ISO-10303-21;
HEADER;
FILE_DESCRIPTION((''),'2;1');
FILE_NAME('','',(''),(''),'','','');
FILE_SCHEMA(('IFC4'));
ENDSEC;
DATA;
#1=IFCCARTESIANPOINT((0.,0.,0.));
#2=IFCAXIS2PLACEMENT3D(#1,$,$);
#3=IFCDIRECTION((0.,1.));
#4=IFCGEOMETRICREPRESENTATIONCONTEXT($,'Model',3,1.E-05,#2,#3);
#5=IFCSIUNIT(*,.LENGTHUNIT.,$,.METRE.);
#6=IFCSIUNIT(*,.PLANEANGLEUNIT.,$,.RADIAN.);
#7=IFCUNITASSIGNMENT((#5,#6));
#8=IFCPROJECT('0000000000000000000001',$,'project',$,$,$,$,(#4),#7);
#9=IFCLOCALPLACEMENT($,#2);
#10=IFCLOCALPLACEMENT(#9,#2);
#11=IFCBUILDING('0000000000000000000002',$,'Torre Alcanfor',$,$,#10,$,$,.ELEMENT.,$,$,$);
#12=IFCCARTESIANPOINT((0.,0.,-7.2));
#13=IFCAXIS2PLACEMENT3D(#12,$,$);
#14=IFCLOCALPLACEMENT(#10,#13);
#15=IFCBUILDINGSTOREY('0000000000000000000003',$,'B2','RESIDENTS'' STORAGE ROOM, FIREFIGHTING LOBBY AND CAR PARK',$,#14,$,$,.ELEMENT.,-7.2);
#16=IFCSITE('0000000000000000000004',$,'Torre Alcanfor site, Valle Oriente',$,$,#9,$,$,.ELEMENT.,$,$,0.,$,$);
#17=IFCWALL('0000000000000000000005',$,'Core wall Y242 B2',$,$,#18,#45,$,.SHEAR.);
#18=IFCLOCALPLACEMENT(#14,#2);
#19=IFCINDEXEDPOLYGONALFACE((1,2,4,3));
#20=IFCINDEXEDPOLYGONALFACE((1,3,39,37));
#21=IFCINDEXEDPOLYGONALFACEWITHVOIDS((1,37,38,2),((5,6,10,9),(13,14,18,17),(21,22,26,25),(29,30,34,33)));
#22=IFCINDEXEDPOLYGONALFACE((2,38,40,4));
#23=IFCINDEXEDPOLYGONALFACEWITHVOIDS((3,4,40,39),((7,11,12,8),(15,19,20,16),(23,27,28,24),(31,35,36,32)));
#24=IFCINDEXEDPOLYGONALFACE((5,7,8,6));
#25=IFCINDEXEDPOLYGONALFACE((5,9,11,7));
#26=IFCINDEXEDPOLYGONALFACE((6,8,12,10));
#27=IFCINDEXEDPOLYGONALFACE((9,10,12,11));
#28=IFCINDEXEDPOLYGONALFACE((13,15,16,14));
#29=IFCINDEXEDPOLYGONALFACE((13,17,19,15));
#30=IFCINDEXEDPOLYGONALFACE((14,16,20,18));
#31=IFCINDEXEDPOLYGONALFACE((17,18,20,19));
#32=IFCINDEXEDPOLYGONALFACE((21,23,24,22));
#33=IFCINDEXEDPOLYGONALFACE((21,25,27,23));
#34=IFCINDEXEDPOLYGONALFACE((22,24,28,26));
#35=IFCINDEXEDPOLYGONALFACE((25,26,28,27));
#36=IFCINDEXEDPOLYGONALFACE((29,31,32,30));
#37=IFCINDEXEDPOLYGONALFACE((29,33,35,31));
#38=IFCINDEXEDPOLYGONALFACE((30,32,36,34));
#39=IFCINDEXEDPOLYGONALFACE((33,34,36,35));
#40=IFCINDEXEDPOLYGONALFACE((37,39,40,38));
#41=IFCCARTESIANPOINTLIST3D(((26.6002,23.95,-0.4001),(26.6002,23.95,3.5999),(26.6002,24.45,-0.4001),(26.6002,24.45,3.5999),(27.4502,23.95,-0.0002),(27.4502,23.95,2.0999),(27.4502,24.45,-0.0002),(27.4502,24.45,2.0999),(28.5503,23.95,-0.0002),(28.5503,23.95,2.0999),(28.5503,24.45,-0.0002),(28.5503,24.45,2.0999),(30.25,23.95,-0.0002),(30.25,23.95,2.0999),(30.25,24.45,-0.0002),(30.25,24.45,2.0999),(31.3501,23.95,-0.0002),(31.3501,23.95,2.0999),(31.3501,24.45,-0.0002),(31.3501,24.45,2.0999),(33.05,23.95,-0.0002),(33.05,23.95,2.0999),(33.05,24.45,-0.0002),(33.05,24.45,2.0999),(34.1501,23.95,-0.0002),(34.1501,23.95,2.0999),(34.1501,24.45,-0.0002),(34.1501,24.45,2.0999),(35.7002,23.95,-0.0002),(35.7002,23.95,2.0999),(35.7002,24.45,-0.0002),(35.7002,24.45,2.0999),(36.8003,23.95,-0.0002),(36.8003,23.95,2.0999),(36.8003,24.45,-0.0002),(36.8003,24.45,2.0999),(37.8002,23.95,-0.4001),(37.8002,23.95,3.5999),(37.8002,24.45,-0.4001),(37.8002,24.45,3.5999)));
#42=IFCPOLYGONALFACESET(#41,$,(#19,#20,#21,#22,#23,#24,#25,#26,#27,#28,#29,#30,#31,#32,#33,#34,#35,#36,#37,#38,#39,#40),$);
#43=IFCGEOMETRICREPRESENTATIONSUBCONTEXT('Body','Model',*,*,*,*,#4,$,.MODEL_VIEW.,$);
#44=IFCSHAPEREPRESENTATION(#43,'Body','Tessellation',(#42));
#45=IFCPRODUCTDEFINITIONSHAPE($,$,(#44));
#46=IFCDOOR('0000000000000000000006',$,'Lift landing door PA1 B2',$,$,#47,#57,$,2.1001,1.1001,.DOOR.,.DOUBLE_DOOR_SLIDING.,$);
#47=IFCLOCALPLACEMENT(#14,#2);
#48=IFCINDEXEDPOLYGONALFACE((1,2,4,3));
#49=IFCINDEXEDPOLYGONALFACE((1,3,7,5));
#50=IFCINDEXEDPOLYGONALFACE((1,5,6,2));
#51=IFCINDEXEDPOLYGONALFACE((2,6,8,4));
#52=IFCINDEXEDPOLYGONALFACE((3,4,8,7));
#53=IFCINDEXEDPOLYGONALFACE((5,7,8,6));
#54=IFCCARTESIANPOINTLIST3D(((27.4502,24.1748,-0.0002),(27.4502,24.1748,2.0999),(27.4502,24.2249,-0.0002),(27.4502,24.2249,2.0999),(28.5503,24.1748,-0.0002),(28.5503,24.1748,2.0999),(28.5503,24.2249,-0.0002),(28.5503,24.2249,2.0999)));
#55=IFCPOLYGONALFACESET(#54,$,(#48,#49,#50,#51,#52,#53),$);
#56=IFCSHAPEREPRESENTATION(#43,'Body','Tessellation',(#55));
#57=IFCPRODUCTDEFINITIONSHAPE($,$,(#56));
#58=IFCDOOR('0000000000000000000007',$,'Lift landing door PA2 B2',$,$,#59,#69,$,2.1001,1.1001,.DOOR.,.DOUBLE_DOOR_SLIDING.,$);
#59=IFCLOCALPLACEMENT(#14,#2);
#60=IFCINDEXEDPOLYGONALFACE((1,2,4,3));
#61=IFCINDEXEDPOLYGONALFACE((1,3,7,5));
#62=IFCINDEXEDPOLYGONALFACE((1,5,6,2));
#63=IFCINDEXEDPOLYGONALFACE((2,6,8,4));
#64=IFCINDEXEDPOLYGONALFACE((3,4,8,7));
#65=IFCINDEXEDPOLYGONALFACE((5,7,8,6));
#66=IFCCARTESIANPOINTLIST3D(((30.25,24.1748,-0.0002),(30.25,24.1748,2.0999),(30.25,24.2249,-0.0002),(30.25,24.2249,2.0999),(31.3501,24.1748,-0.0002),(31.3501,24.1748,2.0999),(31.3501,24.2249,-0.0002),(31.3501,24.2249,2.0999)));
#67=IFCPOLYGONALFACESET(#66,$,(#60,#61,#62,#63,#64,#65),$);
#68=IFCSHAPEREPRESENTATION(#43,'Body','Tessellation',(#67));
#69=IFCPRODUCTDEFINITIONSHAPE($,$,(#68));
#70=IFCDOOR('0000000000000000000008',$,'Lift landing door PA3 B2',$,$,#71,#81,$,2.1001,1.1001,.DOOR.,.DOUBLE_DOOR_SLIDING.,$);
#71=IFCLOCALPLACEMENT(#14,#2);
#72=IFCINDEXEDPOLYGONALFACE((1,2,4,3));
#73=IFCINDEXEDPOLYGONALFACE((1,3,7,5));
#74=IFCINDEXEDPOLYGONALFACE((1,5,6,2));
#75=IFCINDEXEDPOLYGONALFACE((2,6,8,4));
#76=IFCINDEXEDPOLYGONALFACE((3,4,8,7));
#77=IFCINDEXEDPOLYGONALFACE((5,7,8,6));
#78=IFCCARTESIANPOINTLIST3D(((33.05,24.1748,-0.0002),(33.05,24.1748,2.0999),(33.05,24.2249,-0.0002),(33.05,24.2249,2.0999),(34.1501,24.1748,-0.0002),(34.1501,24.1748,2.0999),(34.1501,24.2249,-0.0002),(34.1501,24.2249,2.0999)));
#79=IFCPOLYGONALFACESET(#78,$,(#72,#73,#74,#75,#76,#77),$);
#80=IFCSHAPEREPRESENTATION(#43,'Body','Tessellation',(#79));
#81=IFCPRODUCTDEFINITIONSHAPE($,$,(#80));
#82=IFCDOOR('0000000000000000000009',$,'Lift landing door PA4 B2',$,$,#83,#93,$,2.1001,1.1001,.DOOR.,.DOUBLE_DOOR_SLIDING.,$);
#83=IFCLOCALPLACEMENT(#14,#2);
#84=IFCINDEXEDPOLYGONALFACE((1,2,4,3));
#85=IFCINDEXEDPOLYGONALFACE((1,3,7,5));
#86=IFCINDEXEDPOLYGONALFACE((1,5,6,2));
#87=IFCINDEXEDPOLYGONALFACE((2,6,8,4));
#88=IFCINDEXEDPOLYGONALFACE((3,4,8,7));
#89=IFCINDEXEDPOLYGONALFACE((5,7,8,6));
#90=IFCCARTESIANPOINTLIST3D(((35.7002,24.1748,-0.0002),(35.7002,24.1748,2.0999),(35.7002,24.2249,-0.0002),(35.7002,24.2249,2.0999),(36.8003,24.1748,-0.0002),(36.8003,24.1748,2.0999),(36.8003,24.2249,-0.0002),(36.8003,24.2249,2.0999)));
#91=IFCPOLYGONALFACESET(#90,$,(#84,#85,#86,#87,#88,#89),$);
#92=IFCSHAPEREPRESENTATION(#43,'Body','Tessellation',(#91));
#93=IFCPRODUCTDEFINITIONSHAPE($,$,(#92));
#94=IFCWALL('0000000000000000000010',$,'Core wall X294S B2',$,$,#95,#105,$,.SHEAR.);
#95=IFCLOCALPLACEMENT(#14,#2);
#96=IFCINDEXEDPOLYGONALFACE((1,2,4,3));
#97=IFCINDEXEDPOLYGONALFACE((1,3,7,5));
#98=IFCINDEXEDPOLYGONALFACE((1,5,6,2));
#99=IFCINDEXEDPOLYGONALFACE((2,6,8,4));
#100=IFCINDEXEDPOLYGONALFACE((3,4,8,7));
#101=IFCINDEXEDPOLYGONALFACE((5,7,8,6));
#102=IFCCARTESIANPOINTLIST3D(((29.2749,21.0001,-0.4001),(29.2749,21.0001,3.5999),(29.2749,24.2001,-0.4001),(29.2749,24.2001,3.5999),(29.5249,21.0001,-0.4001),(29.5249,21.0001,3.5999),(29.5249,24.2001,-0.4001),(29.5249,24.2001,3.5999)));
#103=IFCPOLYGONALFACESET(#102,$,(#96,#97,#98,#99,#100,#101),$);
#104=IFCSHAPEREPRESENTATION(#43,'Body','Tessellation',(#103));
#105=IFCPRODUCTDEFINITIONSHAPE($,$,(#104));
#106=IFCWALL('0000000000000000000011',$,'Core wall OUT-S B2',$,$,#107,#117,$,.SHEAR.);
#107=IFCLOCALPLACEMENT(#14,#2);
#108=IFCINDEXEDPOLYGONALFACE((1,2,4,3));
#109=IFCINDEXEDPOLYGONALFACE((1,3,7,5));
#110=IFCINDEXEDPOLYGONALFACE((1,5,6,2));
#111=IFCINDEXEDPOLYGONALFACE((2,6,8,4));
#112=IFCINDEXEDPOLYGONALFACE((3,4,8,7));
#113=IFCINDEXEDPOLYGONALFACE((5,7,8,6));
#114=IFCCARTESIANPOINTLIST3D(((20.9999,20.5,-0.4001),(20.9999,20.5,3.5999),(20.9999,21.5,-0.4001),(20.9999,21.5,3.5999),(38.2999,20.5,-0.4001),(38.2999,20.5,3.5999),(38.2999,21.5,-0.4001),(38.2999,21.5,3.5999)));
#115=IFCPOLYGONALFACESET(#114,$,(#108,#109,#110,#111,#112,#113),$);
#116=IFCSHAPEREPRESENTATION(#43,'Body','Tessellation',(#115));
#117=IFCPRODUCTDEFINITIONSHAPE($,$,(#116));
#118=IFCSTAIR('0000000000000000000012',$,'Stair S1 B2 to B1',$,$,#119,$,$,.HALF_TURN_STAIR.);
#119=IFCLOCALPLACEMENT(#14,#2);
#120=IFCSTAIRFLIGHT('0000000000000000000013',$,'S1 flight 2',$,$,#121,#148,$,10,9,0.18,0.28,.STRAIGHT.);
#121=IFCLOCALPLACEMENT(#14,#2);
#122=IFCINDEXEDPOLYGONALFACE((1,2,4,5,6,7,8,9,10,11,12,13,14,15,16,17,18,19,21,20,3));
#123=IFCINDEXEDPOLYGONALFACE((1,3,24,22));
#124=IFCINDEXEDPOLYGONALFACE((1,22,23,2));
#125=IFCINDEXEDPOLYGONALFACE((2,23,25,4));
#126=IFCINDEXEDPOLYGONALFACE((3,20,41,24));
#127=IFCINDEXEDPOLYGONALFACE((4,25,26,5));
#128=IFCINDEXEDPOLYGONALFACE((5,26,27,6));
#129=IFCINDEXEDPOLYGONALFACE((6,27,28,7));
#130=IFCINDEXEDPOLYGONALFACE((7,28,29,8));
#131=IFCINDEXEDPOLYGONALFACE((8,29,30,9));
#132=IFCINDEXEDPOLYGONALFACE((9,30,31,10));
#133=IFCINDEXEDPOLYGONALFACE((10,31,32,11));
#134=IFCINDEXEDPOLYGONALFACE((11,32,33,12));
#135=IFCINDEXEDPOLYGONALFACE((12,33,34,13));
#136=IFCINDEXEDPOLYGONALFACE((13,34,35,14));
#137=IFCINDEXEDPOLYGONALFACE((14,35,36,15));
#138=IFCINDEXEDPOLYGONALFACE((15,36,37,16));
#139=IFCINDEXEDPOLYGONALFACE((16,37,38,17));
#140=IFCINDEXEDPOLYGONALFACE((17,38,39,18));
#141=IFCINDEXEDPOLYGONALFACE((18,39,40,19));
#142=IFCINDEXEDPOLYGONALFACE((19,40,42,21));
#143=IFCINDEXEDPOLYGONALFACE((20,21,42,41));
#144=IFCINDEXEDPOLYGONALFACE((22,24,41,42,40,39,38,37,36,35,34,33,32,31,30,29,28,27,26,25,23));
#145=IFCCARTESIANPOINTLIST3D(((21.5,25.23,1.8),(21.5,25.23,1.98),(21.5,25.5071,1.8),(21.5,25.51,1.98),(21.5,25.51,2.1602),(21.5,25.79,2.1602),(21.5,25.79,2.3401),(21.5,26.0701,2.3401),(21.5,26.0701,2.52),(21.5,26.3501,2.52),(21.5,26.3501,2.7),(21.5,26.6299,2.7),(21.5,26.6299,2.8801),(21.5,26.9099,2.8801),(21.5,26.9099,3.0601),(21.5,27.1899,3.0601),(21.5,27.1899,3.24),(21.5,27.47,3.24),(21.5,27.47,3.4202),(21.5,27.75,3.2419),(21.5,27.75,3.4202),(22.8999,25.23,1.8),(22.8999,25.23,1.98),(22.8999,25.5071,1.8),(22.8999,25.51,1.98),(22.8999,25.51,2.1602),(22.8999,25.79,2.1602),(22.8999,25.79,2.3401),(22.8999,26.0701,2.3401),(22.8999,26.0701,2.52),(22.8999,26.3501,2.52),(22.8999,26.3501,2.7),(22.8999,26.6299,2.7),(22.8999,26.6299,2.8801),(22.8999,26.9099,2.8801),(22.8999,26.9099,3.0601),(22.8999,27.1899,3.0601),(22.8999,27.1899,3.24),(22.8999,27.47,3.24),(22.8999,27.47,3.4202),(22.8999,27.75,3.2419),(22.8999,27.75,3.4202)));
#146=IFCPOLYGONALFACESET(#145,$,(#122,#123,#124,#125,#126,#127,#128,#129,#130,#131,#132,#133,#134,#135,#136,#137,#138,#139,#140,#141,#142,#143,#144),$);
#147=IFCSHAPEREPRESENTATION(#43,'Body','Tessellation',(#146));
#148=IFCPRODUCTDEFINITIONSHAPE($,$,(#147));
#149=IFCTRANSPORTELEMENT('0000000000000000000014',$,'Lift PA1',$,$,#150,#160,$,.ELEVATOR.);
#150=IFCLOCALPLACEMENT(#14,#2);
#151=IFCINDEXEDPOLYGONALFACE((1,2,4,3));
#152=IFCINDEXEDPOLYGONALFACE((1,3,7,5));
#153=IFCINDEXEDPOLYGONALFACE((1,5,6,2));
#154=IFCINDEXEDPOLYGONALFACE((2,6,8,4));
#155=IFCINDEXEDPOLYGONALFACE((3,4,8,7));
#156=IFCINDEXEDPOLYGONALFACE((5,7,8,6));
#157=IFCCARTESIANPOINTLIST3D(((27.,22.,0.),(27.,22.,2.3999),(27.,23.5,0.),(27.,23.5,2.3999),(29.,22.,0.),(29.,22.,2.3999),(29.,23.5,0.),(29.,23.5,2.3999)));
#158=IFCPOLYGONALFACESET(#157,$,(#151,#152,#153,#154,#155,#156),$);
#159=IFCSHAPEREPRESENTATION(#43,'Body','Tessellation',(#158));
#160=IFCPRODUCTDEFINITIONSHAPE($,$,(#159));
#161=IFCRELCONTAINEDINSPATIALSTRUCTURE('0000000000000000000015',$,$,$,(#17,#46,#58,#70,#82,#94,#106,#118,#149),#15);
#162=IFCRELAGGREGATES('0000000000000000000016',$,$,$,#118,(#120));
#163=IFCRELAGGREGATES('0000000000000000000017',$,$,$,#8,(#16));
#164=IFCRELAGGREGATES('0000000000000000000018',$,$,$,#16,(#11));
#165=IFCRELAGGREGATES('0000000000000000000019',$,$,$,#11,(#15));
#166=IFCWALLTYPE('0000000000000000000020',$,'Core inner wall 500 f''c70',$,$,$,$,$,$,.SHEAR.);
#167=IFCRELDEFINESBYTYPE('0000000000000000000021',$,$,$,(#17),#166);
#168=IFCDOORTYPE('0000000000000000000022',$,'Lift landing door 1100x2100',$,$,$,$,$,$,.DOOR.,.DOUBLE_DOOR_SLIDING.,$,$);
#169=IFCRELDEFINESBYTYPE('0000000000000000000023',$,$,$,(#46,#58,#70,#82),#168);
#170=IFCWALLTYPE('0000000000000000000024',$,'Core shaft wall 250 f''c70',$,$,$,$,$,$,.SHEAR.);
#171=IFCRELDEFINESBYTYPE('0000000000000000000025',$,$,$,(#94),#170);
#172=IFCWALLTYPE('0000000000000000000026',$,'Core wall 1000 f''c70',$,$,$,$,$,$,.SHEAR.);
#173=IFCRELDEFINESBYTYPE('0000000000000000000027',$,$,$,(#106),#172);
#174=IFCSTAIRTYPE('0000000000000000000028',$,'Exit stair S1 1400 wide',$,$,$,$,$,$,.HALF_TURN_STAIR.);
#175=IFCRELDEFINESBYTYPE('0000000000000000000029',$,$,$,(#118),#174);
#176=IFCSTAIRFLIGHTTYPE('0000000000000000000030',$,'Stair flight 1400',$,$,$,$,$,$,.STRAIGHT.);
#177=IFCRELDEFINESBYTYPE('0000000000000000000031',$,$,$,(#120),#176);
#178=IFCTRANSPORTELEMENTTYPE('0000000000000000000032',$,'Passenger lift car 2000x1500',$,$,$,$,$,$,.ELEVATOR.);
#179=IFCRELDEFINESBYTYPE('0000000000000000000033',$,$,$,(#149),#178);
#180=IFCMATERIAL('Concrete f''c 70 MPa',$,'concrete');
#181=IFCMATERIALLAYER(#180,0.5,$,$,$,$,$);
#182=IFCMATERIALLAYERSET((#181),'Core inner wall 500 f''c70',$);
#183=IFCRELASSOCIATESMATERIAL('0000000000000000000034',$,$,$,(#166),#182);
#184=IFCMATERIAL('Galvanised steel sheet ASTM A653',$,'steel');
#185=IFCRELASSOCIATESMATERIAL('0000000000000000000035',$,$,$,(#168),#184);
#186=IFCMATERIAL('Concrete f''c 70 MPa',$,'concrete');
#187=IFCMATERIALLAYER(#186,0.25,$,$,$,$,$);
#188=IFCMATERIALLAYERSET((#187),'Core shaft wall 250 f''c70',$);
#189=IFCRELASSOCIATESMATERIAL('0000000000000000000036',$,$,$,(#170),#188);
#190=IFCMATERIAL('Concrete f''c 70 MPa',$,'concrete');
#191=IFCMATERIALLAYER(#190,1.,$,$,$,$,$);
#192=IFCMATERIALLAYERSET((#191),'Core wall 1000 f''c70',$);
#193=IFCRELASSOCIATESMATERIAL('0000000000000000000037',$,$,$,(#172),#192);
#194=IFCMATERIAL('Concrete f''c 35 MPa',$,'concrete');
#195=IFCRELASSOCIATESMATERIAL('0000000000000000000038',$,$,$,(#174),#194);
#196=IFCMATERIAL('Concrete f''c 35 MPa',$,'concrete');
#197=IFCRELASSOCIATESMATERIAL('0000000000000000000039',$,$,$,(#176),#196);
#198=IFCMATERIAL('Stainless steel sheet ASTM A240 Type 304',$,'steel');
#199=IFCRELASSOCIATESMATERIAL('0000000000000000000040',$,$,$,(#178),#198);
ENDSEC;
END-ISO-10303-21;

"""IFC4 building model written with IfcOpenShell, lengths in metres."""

from ifc_helpers import new_model, si_unit, direction, frame, frame_2d, origin, origin_2d, place, context, subcontext, project, spatial, polyline, rectangle, outline, extrude, material, layer, layer_set, type_object, element, fill, aggregate, save


model = new_model("IFC4")

# Units and contexts
model_context = context("Model", 3, precision=1e-05, world=origin(), true_north=direction((0.0, 1.0)))
body_context = subcontext(model_context, "Body", "Model", "MODEL_VIEW")
ifc_project = project(units=[si_unit("LENGTHUNIT", "METRE"), si_unit("PLANEANGLEUNIT", "RADIAN")], contexts=[model_context])

# Site, building, storey
site_placement = place(None, origin())
site = spatial("IfcSite", under=ifc_project, at=site_placement, Name="Torre Alcanfor site, Valle Oriente", CompositionType="ELEMENT", RefElevation=0.0)
building_placement = place(site_placement, origin())
building = spatial("IfcBuilding", under=site, at=building_placement, Name="Torre Alcanfor", CompositionType="ELEMENT")
storey_placement = place(building_placement, frame((0.0, 0.0, -7.2)))
storey = spatial("IfcBuildingStorey", under=building, at=storey_placement, Name="B2", Description="RESIDENTS' STORAGE ROOM, FIREFIGHTING LOBBY AND CAR PARK", CompositionType="ELEMENT", Elevation=-7.2)

# Shared definitions
ifc_material_1 = material(Name="Concrete f'c 70 MPa", Category="concrete")
ifc_layer_1 = layer(ifc_material_1, 0.5)
ifc_layer_set_1 = layer_set([ifc_layer_1], Name="Core inner wall 500 f'c70")
wall_type_1 = type_object("IfcWallType", Name="Core inner wall 500 f'c70", PredefinedType="SHEAR", material=ifc_layer_set_1)

# Wall, openings, doors
wall_1_placement = place(storey_placement, frame((26.6001, 24.2, -0.4001), z_axis=(0.0, 0.0, 1.0), x_axis=(1.0, 0.0, 0.0)))
wall_1 = element("IfcWall", 1, at=wall_1_placement, inside=storey, type_object=wall_type_1, Name="Core wall Y242 B2", PredefinedType="SHEAR", context=body_context, shape_type="SweptSolid", body=[
    extrude(rectangle(XDim=11.2, YDim=0.5, at=frame_2d((5.6001, 0.0))), origin(), (0.0, 0.0, 1.0), 4.0),
])
opening_1_placement = place(wall_1_placement, frame((0.8501, 0.0, 0.3999)))
opening_1 = element("IfcOpeningElement", 2, at=opening_1_placement, cuts=wall_1, PredefinedType="OPENING", context=body_context, shape_type="SweptSolid", body=[
    extrude(rectangle(XDim=1.1001, YDim=2.1001, at=frame_2d((0.55, 1.05))), frame((0.0, 0.26, 0.0), z_axis=(0.0, -1.0, 0.0), x_axis=(1.0, 0.0, 0.0)), (0.0, 0.0, 1.0), 0.52),
])
opening_2_placement = place(wall_1_placement, frame((3.6499, 0.0, 0.3999)))
opening_2 = element("IfcOpeningElement", 3, at=opening_2_placement, cuts=wall_1, PredefinedType="OPENING", context=body_context, shape_type="SweptSolid", body=[
    extrude(rectangle(XDim=1.1001, YDim=2.1001, at=frame_2d((0.55, 1.05))), frame((0.0, 0.26, 0.0), z_axis=(0.0, -1.0, 0.0), x_axis=(1.0, 0.0, 0.0)), (0.0, 0.0, 1.0), 0.52),
])
opening_3_placement = place(wall_1_placement, frame((6.45, 0.0, 0.3999)))
opening_3 = element("IfcOpeningElement", 4, at=opening_3_placement, cuts=wall_1, PredefinedType="OPENING", context=body_context, shape_type="SweptSolid", body=[
    extrude(rectangle(XDim=1.1001, YDim=2.1001, at=frame_2d((0.55, 1.05))), frame((0.0, 0.26, 0.0), z_axis=(0.0, -1.0, 0.0), x_axis=(1.0, 0.0, 0.0)), (0.0, 0.0, 1.0), 0.52),
])
opening_4_placement = place(wall_1_placement, frame((9.1001, 0.0, 0.3999)))
opening_4 = element("IfcOpeningElement", 5, at=opening_4_placement, cuts=wall_1, PredefinedType="OPENING", context=body_context, shape_type="SweptSolid", body=[
    extrude(rectangle(XDim=1.1001, YDim=2.1001, at=frame_2d((0.55, 1.05))), frame((0.0, 0.26, 0.0), z_axis=(0.0, -1.0, 0.0), x_axis=(1.0, 0.0, 0.0)), (0.0, 0.0, 1.0), 0.52),
])
ifc_material_2 = material(Name="Galvanised steel sheet ASTM A653", Category="steel")
door_type_1 = type_object("IfcDoorType", Name="Lift landing door 1100x2100", OperationType="DOUBLE_DOOR_SLIDING", PredefinedType="DOOR", material=ifc_material_2)
door_1_placement = place(opening_1_placement, origin())
door_1 = element("IfcDoor", 6, at=door_1_placement, inside=storey, type_object=door_type_1, Name="Lift landing door PA1 B2", OperationType="DOUBLE_DOOR_SLIDING", OverallHeight=2.1001, OverallWidth=1.1001, PredefinedType="DOOR", context=body_context, shape_type="SweptSolid", body=[
    extrude(rectangle(XDim=1.1001, YDim=2.1001, at=frame_2d((0.55, 1.05))), frame((0.0, 0.0249, 0.0), z_axis=(0.0, -1.0, 0.0), x_axis=(1.0, 0.0, 0.0)), (0.0, 0.0, 1.0), 0.05),
])
fill(opening_1, door_1)
door_2_placement = place(opening_2_placement, origin())
door_2 = element("IfcDoor", 7, at=door_2_placement, inside=storey, type_object=door_type_1, Name="Lift landing door PA2 B2", OperationType="DOUBLE_DOOR_SLIDING", OverallHeight=2.1001, OverallWidth=1.1001, PredefinedType="DOOR", context=body_context, shape_type="SweptSolid", body=[
    extrude(rectangle(XDim=1.1001, YDim=2.1001, at=frame_2d((0.55, 1.05))), frame((0.0, 0.0249, 0.0), z_axis=(0.0, -1.0, 0.0), x_axis=(1.0, 0.0, 0.0)), (0.0, 0.0, 1.0), 0.05),
])
fill(opening_2, door_2)
door_3_placement = place(opening_3_placement, origin())
door_3 = element("IfcDoor", 8, at=door_3_placement, inside=storey, type_object=door_type_1, Name="Lift landing door PA3 B2", OperationType="DOUBLE_DOOR_SLIDING", OverallHeight=2.1001, OverallWidth=1.1001, PredefinedType="DOOR", context=body_context, shape_type="SweptSolid", body=[
    extrude(rectangle(XDim=1.1001, YDim=2.1001, at=frame_2d((0.55, 1.05))), frame((0.0, 0.0249, 0.0), z_axis=(0.0, -1.0, 0.0), x_axis=(1.0, 0.0, 0.0)), (0.0, 0.0, 1.0), 0.05),
])
fill(opening_3, door_3)
door_4_placement = place(opening_4_placement, origin())
door_4 = element("IfcDoor", 9, at=door_4_placement, inside=storey, type_object=door_type_1, Name="Lift landing door PA4 B2", OperationType="DOUBLE_DOOR_SLIDING", OverallHeight=2.1001, OverallWidth=1.1001, PredefinedType="DOOR", context=body_context, shape_type="SweptSolid", body=[
    extrude(rectangle(XDim=1.1001, YDim=2.1001, at=frame_2d((0.55, 1.05))), frame((0.0, 0.0249, 0.0), z_axis=(0.0, -1.0, 0.0), x_axis=(1.0, 0.0, 0.0)), (0.0, 0.0, 1.0), 0.05),
])
fill(opening_4, door_4)

# Walls
ifc_material_3 = material(Name="Concrete f'c 70 MPa", Category="concrete")
ifc_layer_2 = layer(ifc_material_3, 0.25)
ifc_layer_set_2 = layer_set([ifc_layer_2], Name="Core shaft wall 250 f'c70")
wall_type_2 = type_object("IfcWallType", Name="Core shaft wall 250 f'c70", PredefinedType="SHEAR", material=ifc_layer_set_2)
wall_2_placement = place(storey_placement, frame((29.3999, 21.0, -0.4001), z_axis=(0.0, 0.0, 1.0), x_axis=(0.0, 1.0, 0.0)))
element("IfcWall", 10, at=wall_2_placement, inside=storey, type_object=wall_type_2, Name="Core wall X294S B2", PredefinedType="SHEAR", context=body_context, shape_type="SweptSolid", body=[
    extrude(rectangle(XDim=3.2, YDim=0.25, at=frame_2d((1.6001, 0.0))), origin(), (0.0, 0.0, 1.0), 4.0),
])
ifc_material_4 = material(Name="Concrete f'c 70 MPa", Category="concrete")
ifc_layer_3 = layer(ifc_material_4, 1.0)
ifc_layer_set_3 = layer_set([ifc_layer_3], Name="Core wall 1000 f'c70")
wall_type_3 = type_object("IfcWallType", Name="Core wall 1000 f'c70", PredefinedType="SHEAR", material=ifc_layer_set_3)
wall_3_placement = place(storey_placement, frame((21.0, 21.0, -0.4001), z_axis=(0.0, 0.0, 1.0), x_axis=(1.0, 0.0, 0.0)))
element("IfcWall", 11, at=wall_3_placement, inside=storey, type_object=wall_type_3, Name="Core wall OUT-S B2", PredefinedType="SHEAR", context=body_context, shape_type="SweptSolid", body=[
    extrude(rectangle(XDim=17.3, YDim=1.0, at=frame_2d((8.6499, 0.0))), origin(), (0.0, 0.0, 1.0), 4.0),
])

# Stair, stair flight
ifc_material_5 = material(Name="Concrete f'c 35 MPa", Category="concrete")
stair_type = type_object("IfcStairType", Name="Exit stair S1 1400 wide", PredefinedType="HALF_TURN_STAIR", material=ifc_material_5)
stair_placement = place(storey_placement, origin())
stair = element("IfcStair", 12, at=stair_placement, inside=storey, type_object=stair_type, Name="Stair S1 B2 to B1", PredefinedType="HALF_TURN_STAIR")
ifc_material_6 = material(Name="Concrete f'c 35 MPa", Category="concrete")
stair_flight_type = type_object("IfcStairFlightType", Name="Stair flight 1400", PredefinedType="STRAIGHT", material=ifc_material_6)
stair_flight_placement = place(storey_placement, frame((22.2, 25.23, 1.8), z_axis=(0.0, 0.0, 1.0), x_axis=(0.0, 1.0, 0.0)))
stair_flight = element("IfcStairFlight", 13, at=stair_flight_placement, type_object=stair_flight_type, Name="S1 flight 2", NumberOfRisers=10, NumberOfTreads=9, PredefinedType="STRAIGHT", RiserHeight=0.18, TreadLength=0.28, context=body_context, shape_type="SweptSolid", body=[
    extrude(outline(polyline([(0.0, 0.0), (0.0, 0.1799), (0.28, 0.1799), (0.28, 0.3601), (0.5601, 0.3601), (0.5601, 0.54), (0.8401, 0.54), (0.8401, 0.72), (1.1201, 0.72), (1.1201, 0.8999), (1.3999, 0.8999), (1.3999, 1.0801), (1.6799, 1.0801), (1.6799, 1.26), (1.96, 1.26), (1.96, 1.4399), (2.24, 1.4399), (2.24, 1.6201), (2.52, 1.6201), (2.52, 1.8), (2.52, 1.4419), (0.2771, 0.0), (0.0, 0.0)])), frame((0.0, 0.7, 0.0), z_axis=(0.0, -1.0, 0.0), x_axis=(1.0, 0.0, 0.0)), (0.0, 0.0, 1.0), 1.3999),
])
aggregate(stair, [stair_flight])

# Transport element
ifc_material_7 = material(Name="Stainless steel sheet ASTM A240 Type 304", Category="steel")
transport_element_type = type_object("IfcTransportElementType", Name="Passenger lift car 2000x1500", PredefinedType="ELEVATOR", material=ifc_material_7)
transport_element_placement = place(storey_placement, frame((28.0, 22.75, 0.0), z_axis=(0.0, 0.0, 1.0), x_axis=(1.0, 0.0, 0.0)))
element("IfcTransportElement", 14, at=transport_element_placement, inside=storey, type_object=transport_element_type, Name="Lift PA1", PredefinedType="ELEVATOR", context=body_context, shape_type="SweptSolid", body=[
    extrude(rectangle(XDim=2.0, YDim=1.5, at=origin_2d()), origin(), (0.0, 0.0, 1.0), 2.3999),
])

save(model, "model.ifc")
